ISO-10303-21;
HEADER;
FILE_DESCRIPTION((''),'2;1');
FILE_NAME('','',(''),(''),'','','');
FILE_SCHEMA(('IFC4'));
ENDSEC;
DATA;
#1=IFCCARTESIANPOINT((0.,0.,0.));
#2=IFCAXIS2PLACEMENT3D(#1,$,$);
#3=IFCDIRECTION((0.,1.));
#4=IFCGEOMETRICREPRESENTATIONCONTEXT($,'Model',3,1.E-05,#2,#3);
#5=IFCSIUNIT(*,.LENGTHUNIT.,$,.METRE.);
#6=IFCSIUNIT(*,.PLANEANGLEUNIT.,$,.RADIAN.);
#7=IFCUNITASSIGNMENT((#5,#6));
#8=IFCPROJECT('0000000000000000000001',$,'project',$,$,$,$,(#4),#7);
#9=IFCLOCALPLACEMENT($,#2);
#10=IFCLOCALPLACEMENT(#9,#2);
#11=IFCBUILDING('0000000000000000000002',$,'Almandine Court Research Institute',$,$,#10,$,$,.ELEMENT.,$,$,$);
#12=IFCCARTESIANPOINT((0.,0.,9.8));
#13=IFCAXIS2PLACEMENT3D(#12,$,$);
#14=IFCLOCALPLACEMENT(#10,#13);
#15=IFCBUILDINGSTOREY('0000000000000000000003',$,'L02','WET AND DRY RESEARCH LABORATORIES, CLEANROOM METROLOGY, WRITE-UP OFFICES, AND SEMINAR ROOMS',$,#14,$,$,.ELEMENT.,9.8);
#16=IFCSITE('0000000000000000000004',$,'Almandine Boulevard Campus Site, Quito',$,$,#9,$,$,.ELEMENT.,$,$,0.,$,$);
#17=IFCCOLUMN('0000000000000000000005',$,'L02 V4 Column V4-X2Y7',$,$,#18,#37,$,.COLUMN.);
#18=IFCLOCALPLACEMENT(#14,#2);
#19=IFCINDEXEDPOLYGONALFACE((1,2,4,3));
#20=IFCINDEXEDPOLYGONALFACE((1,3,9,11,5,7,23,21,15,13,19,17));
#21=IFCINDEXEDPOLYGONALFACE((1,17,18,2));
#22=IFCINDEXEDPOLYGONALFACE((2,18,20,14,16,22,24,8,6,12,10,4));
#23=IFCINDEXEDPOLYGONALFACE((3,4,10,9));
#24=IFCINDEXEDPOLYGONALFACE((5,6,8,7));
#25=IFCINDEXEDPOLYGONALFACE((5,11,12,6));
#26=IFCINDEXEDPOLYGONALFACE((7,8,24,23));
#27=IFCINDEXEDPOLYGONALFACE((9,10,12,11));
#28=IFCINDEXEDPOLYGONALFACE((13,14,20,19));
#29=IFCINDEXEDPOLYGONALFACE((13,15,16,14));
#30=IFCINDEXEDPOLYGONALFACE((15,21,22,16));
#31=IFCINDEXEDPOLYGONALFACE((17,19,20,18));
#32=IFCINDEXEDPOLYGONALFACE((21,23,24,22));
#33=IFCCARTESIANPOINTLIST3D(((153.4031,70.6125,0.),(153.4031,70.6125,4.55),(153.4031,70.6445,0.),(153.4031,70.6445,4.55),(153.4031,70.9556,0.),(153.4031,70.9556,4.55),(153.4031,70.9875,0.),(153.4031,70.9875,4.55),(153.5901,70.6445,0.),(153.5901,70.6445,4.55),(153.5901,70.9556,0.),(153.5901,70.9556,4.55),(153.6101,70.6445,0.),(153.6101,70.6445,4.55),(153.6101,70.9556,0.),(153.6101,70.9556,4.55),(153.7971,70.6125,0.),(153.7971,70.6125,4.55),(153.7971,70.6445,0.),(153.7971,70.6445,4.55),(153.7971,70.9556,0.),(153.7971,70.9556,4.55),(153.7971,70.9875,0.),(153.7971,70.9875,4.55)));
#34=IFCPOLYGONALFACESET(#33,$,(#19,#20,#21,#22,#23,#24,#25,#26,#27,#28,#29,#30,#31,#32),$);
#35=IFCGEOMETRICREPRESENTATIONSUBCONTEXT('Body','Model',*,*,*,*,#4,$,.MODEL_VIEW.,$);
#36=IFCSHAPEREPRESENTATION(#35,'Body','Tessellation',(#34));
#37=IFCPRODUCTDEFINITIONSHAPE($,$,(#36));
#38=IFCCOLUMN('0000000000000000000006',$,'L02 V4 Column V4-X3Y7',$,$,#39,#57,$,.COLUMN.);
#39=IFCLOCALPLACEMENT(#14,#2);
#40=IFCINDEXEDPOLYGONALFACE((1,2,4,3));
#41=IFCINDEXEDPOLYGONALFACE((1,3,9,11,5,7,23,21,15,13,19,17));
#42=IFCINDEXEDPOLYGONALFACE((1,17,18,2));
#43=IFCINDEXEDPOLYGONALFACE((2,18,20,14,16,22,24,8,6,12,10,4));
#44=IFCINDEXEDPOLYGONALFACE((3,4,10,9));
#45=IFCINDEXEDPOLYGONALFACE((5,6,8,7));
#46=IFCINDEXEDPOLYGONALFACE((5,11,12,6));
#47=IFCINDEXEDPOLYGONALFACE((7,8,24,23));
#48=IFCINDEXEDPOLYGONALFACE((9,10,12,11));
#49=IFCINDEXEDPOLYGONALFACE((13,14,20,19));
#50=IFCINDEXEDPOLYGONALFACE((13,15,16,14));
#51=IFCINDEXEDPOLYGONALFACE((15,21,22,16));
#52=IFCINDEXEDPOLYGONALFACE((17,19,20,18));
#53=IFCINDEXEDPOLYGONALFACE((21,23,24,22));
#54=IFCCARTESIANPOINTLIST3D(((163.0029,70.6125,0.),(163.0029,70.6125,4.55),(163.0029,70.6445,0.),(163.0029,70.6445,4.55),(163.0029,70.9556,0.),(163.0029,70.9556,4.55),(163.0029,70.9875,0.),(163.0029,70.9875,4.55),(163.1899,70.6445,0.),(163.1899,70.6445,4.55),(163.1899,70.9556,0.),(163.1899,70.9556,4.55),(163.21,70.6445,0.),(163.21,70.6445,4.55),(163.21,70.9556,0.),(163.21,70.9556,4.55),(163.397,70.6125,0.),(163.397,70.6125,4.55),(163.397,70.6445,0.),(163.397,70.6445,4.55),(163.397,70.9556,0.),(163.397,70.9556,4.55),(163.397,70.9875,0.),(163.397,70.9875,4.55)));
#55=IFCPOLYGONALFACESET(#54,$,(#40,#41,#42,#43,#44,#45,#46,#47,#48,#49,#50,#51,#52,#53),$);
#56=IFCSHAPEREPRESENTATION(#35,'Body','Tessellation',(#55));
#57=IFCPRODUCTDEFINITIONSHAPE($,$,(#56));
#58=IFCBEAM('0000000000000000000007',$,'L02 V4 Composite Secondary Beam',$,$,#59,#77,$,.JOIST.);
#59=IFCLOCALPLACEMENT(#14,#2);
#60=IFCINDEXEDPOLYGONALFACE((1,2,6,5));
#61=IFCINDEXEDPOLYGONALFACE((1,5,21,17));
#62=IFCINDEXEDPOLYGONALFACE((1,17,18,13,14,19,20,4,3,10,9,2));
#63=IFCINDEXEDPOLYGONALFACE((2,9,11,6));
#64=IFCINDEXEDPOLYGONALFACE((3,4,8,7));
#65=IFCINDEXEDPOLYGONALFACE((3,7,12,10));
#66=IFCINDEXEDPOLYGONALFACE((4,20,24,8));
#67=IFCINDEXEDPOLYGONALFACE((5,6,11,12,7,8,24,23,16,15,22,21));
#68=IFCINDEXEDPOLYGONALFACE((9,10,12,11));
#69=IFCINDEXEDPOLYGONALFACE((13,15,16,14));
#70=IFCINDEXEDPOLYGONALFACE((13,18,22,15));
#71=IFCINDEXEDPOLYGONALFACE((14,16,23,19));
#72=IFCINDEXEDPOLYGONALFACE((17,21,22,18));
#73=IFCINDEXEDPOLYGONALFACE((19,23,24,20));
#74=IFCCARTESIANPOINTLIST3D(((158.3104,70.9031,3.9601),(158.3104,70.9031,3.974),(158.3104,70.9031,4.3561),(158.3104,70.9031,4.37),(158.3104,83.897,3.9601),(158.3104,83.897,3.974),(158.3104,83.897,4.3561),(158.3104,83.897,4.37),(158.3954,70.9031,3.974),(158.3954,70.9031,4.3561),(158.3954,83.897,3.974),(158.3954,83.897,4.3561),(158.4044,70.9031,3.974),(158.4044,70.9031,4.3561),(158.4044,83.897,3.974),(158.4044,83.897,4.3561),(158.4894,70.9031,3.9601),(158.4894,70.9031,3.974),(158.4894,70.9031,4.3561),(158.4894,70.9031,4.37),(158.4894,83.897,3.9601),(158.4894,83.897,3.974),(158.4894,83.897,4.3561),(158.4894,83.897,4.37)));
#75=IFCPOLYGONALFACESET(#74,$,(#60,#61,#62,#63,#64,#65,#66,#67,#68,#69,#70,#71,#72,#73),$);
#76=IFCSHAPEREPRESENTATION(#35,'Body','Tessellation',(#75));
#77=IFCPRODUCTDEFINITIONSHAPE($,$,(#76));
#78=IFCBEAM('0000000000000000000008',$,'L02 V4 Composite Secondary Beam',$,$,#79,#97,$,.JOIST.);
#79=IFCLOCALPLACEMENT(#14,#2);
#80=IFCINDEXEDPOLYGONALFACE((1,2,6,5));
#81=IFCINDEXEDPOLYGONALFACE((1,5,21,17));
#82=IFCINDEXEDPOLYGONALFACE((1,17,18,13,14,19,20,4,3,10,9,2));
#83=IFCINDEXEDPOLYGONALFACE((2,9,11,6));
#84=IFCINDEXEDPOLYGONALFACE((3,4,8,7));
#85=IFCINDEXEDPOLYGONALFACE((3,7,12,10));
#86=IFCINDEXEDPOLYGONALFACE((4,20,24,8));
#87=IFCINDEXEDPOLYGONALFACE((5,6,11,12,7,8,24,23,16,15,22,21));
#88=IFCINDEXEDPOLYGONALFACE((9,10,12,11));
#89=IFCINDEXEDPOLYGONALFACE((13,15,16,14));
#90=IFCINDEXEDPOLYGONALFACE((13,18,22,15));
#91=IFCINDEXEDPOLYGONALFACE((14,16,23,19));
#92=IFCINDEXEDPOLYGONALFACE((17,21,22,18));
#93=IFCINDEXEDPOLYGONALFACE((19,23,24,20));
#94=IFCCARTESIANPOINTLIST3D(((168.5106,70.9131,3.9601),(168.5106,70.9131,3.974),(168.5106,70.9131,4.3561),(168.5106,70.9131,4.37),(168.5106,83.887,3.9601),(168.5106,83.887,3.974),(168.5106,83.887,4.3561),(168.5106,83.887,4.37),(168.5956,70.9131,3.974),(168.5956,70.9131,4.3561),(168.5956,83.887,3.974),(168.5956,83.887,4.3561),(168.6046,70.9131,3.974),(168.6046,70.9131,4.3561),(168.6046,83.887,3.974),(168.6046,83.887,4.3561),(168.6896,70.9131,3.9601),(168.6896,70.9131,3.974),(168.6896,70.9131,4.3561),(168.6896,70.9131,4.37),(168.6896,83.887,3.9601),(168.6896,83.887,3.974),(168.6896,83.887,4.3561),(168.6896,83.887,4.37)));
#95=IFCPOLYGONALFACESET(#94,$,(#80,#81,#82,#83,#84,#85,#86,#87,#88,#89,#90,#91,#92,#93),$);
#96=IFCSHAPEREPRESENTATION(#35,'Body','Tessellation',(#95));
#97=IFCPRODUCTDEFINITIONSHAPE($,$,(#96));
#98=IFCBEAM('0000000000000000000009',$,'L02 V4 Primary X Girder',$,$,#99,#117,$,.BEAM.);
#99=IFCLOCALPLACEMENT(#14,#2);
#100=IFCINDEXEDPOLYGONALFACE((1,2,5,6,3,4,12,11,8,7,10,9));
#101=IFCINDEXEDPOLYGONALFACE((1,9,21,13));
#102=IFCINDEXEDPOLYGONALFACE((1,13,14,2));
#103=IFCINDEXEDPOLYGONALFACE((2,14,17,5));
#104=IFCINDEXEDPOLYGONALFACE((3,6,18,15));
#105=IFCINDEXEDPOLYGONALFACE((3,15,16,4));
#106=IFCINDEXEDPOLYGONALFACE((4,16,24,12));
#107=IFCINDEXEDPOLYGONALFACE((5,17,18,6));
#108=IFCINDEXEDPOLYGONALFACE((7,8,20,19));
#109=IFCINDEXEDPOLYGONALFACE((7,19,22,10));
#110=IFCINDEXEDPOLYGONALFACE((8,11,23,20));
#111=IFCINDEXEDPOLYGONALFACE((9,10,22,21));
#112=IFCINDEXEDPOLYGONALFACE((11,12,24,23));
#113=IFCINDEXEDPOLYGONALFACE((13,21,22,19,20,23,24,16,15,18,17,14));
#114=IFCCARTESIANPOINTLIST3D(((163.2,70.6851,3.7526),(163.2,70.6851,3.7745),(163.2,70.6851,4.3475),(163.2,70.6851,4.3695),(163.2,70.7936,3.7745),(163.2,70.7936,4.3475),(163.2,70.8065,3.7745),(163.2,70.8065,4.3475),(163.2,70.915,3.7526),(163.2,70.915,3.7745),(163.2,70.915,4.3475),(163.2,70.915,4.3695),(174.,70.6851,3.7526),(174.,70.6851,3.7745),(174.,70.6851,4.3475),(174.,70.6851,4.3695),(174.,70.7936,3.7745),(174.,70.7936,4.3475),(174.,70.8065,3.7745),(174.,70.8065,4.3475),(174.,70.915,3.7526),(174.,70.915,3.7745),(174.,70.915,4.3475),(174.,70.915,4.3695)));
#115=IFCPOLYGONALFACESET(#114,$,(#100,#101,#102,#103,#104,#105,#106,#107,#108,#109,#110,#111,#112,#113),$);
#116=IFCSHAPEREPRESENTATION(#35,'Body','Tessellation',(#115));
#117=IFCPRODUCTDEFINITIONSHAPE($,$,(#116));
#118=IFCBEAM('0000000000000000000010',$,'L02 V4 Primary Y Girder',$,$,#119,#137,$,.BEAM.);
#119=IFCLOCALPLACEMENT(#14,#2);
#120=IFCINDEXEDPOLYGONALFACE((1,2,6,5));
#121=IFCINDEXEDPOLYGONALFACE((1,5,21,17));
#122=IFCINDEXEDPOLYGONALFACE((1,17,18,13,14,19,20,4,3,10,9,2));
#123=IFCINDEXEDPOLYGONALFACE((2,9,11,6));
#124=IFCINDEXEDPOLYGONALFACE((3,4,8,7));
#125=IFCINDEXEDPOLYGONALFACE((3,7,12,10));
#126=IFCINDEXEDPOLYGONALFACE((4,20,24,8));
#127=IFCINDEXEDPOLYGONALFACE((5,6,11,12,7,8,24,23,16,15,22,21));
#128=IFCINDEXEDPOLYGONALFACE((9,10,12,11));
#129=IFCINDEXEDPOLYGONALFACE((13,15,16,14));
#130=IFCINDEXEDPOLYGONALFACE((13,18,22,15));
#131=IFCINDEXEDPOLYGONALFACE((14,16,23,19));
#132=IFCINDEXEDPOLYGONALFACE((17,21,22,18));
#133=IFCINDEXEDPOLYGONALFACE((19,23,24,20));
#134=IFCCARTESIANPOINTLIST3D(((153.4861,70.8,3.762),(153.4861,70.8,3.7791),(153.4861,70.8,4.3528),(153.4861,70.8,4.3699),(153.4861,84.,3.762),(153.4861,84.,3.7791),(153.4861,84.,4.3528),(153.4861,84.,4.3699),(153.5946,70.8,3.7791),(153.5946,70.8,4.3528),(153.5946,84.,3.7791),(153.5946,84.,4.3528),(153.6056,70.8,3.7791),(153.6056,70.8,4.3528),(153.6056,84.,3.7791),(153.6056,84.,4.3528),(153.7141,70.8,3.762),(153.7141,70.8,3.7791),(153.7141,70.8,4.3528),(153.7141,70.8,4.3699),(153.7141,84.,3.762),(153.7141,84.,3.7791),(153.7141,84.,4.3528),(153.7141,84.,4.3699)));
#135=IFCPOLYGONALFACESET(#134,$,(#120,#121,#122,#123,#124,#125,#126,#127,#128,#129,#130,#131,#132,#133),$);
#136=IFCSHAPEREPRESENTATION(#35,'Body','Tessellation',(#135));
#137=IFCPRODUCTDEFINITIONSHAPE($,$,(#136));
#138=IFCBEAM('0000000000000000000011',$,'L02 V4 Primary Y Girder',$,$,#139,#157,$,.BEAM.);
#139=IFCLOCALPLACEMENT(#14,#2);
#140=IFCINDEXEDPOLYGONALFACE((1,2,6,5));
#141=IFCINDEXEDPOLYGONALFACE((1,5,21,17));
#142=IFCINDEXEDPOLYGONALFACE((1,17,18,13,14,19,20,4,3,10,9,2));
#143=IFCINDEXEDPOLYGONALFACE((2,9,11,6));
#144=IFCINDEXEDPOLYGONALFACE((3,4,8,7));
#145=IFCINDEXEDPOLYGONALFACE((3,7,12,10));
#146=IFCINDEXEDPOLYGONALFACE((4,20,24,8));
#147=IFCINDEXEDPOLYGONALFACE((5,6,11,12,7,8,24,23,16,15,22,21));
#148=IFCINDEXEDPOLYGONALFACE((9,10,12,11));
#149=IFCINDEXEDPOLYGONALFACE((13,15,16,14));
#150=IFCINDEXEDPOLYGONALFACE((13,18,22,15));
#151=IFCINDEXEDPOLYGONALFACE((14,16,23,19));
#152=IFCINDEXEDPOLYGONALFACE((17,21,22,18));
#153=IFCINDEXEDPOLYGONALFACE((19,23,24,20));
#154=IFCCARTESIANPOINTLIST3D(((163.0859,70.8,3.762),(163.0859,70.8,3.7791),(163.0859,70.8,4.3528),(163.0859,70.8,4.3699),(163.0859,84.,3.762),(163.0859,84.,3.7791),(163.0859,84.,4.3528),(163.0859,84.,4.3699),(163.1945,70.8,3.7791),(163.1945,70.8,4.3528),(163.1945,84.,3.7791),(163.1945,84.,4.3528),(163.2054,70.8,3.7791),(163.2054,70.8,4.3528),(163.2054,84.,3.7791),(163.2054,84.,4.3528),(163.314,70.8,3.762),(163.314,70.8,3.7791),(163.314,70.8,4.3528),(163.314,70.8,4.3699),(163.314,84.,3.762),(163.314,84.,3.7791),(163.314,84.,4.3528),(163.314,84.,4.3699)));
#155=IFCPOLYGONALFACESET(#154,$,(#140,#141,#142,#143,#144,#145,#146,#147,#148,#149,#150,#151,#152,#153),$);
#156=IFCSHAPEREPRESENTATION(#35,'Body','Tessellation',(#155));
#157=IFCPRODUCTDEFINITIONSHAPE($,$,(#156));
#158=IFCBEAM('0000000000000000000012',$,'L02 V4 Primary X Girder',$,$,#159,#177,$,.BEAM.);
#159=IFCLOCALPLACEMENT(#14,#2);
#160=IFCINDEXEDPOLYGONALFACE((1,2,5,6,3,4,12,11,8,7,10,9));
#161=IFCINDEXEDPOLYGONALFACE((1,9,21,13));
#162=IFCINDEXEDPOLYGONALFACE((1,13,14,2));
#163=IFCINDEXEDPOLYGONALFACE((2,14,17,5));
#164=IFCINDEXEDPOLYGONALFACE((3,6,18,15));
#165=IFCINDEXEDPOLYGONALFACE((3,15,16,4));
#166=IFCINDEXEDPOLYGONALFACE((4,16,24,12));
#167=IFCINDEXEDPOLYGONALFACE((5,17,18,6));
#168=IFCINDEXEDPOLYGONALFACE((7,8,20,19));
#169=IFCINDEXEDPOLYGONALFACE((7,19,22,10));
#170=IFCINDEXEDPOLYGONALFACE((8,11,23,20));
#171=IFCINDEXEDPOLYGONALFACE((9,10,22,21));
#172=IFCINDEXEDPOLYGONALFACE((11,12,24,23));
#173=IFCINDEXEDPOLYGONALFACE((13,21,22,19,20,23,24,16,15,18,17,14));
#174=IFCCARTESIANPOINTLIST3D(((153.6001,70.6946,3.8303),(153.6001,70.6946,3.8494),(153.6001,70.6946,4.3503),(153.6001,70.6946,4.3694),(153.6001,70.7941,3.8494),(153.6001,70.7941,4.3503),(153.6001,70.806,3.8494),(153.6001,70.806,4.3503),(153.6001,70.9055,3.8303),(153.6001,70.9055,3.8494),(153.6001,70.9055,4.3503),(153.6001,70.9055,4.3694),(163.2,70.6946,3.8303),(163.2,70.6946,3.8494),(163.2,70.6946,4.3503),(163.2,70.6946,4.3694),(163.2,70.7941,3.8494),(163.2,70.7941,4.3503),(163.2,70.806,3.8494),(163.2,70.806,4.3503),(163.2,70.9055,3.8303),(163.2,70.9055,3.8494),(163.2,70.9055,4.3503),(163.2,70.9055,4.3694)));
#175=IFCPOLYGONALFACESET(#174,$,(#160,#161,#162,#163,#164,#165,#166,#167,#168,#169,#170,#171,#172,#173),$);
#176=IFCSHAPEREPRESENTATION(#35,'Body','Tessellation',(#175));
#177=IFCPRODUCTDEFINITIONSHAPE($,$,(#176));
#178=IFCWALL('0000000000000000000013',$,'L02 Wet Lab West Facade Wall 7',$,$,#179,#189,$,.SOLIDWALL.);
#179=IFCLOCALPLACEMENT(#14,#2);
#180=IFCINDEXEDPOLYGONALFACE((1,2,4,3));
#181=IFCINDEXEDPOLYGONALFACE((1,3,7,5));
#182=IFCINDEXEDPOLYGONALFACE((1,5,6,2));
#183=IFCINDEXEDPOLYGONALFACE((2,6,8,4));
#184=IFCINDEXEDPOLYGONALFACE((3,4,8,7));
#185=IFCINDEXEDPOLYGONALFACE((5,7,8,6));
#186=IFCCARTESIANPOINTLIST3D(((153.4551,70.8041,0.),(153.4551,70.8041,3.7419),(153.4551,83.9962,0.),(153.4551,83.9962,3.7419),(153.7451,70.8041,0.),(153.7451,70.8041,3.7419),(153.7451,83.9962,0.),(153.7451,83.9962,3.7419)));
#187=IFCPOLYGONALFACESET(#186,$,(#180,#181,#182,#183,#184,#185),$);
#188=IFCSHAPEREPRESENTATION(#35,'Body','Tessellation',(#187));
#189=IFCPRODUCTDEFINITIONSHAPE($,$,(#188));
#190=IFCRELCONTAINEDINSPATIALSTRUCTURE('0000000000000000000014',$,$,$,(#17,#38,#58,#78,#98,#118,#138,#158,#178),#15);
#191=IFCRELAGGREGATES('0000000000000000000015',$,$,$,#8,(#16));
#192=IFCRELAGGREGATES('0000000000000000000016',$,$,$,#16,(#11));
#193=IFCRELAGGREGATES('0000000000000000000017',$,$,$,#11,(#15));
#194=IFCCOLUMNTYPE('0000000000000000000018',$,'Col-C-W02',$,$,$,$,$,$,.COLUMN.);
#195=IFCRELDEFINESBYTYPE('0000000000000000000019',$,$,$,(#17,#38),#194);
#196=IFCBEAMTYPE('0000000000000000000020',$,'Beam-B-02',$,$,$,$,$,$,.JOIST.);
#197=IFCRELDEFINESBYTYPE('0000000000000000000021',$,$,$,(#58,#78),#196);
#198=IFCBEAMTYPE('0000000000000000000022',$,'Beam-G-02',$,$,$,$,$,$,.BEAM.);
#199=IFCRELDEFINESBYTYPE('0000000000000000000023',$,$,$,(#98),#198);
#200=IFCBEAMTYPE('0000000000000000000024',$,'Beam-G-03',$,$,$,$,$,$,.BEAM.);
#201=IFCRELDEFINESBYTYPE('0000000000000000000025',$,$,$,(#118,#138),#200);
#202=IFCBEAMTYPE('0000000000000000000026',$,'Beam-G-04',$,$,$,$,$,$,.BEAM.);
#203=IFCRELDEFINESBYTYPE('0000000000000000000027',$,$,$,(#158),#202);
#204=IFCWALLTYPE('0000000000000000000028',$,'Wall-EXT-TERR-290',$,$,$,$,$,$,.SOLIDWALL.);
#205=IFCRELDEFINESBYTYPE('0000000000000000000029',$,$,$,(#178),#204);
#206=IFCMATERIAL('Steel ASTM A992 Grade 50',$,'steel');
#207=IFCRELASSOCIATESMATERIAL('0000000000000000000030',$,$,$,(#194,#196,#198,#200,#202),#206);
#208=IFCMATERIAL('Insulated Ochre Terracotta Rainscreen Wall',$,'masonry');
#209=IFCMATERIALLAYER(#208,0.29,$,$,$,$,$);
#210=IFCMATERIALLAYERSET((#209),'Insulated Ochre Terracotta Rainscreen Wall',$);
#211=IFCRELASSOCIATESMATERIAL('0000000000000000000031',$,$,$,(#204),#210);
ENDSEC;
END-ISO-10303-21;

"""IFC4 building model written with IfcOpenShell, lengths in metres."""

from ifc_helpers import new_model, si_unit, direction, frame, frame_2d, origin, origin_2d, place, context, subcontext, project, spatial, rectangle, i_section, extrude, material, layer, layer_set, material_profile, profile_set, type_object, element, save


model = new_model("IFC4")

# Units and contexts
model_context = context("Model", 3, precision=1e-05, world=origin(), true_north=direction((0.0, 1.0)))
body_context = subcontext(model_context, "Body", "Model", "MODEL_VIEW")
ifc_project = project(units=[si_unit("LENGTHUNIT", "METRE"), si_unit("PLANEANGLEUNIT", "RADIAN")], contexts=[model_context])

# Site, building, storey
site_placement = place(None, origin())
site = spatial("IfcSite", under=ifc_project, at=site_placement, Name="Almandine Boulevard Campus Site, Quito", CompositionType="ELEMENT", RefElevation=0.0)
building_placement = place(site_placement, origin())
building = spatial("IfcBuilding", under=site, at=building_placement, Name="Almandine Court Research Institute", CompositionType="ELEMENT")
storey_placement = place(building_placement, frame((0.0, 0.0, 9.8)))
storey = spatial("IfcBuildingStorey", under=building, at=storey_placement, Name="L02", Description="WET AND DRY RESEARCH LABORATORIES, CLEANROOM METROLOGY, WRITE-UP OFFICES, AND SEMINAR ROOMS", CompositionType="ELEMENT", Elevation=9.8)

# Columns
ifc_material_1 = material(Name="Steel ASTM A992 Grade 50", Category="steel")
ifc_material_profile_1 = material_profile(ifc_material_1, i_section(OverallWidth=0.394, OverallDepth=0.375, WebThickness=0.02, FlangeThickness=0.032, at=origin_2d()), Name="W360x216")
ifc_profile_set_1 = profile_set([ifc_material_profile_1], Name="Steel ASTM A992 Grade 50")
column_type = type_object("IfcColumnType", Name="Col-C-W02", PredefinedType="COLUMN", material=ifc_profile_set_1)
for number, where, z_axis, x_axis, name in (
    (1, (153.6001, 70.8, 0.0), (0.0, 0.0, 1.0), (1.0, 0.0, 0.0), "L02 V4 Column V4-X2Y7"),
    (2, (163.2, 70.8, 0.0), (0.0, 0.0, 1.0), (1.0, 0.0, 0.0), "L02 V4 Column V4-X3Y7"),
):
    element("IfcColumn", number, at=place(storey_placement, frame(where, z_axis=z_axis, x_axis=x_axis)), inside=storey, type_object=column_type, Name=name, PredefinedType="COLUMN", context=body_context, shape_type="SweptSolid", body=[
        extrude(i_section(OverallWidth=0.394, OverallDepth=0.375, WebThickness=0.02, FlangeThickness=0.032, at=origin_2d()), origin(), (0.0, 0.0, 1.0), 4.55),
    ])

# Beams
ifc_material_profile_2 = material_profile(ifc_material_1, i_section(OverallWidth=0.179, OverallDepth=0.4099, WebThickness=0.009, FlangeThickness=0.0139, at=origin_2d()), Name="W410x67")
ifc_profile_set_2 = profile_set([ifc_material_profile_2], Name="Steel ASTM A992 Grade 50")
beam_type_1 = type_object("IfcBeamType", Name="Beam-B-02", PredefinedType="JOIST", material=ifc_profile_set_2)
beam_1_placement = place(storey_placement, frame((158.3999, 70.9031, 4.165), z_axis=(0.0, 1.0, 0.0), x_axis=(-1.0, 0.0, 0.0)))
element("IfcBeam", 3, at=beam_1_placement, inside=storey, type_object=beam_type_1, Name="L02 V4 Composite Secondary Beam", PredefinedType="JOIST", context=body_context, shape_type="SweptSolid", body=[
    extrude(i_section(OverallWidth=0.179, OverallDepth=0.4099, WebThickness=0.009, FlangeThickness=0.0139, at=origin_2d()), origin(), (0.0, 0.0, 1.0), 12.9939),
])
beam_2_placement = place(storey_placement, frame((168.6001, 70.9131, 4.165), z_axis=(0.0, 1.0, 0.0), x_axis=(-1.0, 0.0, 0.0)))
element("IfcBeam", 4, at=beam_2_placement, inside=storey, type_object=beam_type_1, Name="L02 V4 Composite Secondary Beam", PredefinedType="JOIST", context=body_context, shape_type="SweptSolid", body=[
    extrude(i_section(OverallWidth=0.179, OverallDepth=0.4099, WebThickness=0.009, FlangeThickness=0.0139, at=origin_2d()), origin(), (0.0, 0.0, 1.0), 12.9739),
])
ifc_material_profile_3 = material_profile(ifc_material_1, i_section(OverallWidth=0.23, OverallDepth=0.6169, WebThickness=0.0129, FlangeThickness=0.022, at=origin_2d()), Name="W610x140")
ifc_profile_set_3 = profile_set([ifc_material_profile_3], Name="Steel ASTM A992 Grade 50")
beam_type_2 = type_object("IfcBeamType", Name="Beam-G-02", PredefinedType="BEAM", material=ifc_profile_set_3)
beam_3_placement = place(storey_placement, frame((163.2, 70.8, 4.061), z_axis=(1.0, 0.0, 0.0), x_axis=(0.0, 1.0, 0.0)))
element("IfcBeam", 5, at=beam_3_placement, inside=storey, type_object=beam_type_2, Name="L02 V4 Primary X Girder", PredefinedType="BEAM", context=body_context, shape_type="SweptSolid", body=[
    extrude(i_section(OverallWidth=0.23, OverallDepth=0.6169, WebThickness=0.0129, FlangeThickness=0.022, at=origin_2d()), origin(), (0.0, 0.0, 1.0), 10.8),
])
ifc_material_profile_4 = material_profile(ifc_material_1, i_section(OverallWidth=0.228, OverallDepth=0.6079, WebThickness=0.011, FlangeThickness=0.0171, at=origin_2d()), Name="W610x113")
ifc_profile_set_4 = profile_set([ifc_material_profile_4], Name="Steel ASTM A992 Grade 50")
beam_type_3 = type_object("IfcBeamType", Name="Beam-G-03", PredefinedType="BEAM", material=ifc_profile_set_4)
for number, where, z_axis, x_axis, name in (
    (6, (153.6001, 70.8, 4.0659), (0.0, 1.0, 0.0), (-1.0, 0.0, 0.0), "L02 V4 Primary Y Girder"),
    (7, (163.2, 70.8, 4.0659), (0.0, 1.0, 0.0), (-1.0, 0.0, 0.0), "L02 V4 Primary Y Girder"),
):
    element("IfcBeam", number, at=place(storey_placement, frame(where, z_axis=z_axis, x_axis=x_axis)), inside=storey, type_object=beam_type_3, Name=name, PredefinedType="BEAM", context=body_context, shape_type="SweptSolid", body=[
        extrude(i_section(OverallWidth=0.228, OverallDepth=0.6079, WebThickness=0.011, FlangeThickness=0.0171, at=origin_2d()), origin(), (0.0, 0.0, 1.0), 13.2),
    ])
ifc_material_profile_5 = material_profile(ifc_material_1, i_section(OverallWidth=0.2109, OverallDepth=0.5391, WebThickness=0.012, FlangeThickness=0.019, at=origin_2d()), Name="W530x109")
ifc_profile_set_5 = profile_set([ifc_material_profile_5], Name="Steel ASTM A992 Grade 50")
beam_type_4 = type_object("IfcBeamType", Name="Beam-G-04", PredefinedType="BEAM", material=ifc_profile_set_5)
beam_4_placement = place(storey_placement, frame((153.6001, 70.8, 4.0999), z_axis=(1.0, 0.0, 0.0), x_axis=(0.0, 1.0, 0.0)))
element("IfcBeam", 8, at=beam_4_placement, inside=storey, type_object=beam_type_4, Name="L02 V4 Primary X Girder", PredefinedType="BEAM", context=body_context, shape_type="SweptSolid", body=[
    extrude(i_section(OverallWidth=0.2109, OverallDepth=0.5391, WebThickness=0.012, FlangeThickness=0.019, at=origin_2d()), origin(), (0.0, 0.0, 1.0), 9.5999),
])

# Wall
ifc_material_2 = material(Name="Insulated Ochre Terracotta Rainscreen Wall", Category="masonry")
ifc_layer_1 = layer(ifc_material_2, 0.29)
ifc_layer_set_1 = layer_set([ifc_layer_1], Name="Insulated Ochre Terracotta Rainscreen Wall")
wall_type_1 = type_object("IfcWallType", Name="Wall-EXT-TERR-290", PredefinedType="SOLIDWALL", material=ifc_layer_set_1)
wall_1_placement = place(storey_placement, frame((153.6001, 70.804, 0.0), z_axis=(0.0, 0.0, 1.0), x_axis=(0.0, 1.0, 0.0)))
element("IfcWall", 9, at=wall_1_placement, inside=storey, type_object=wall_type_1, Name="L02 Wet Lab West Facade Wall 7", PredefinedType="SOLIDWALL", context=body_context, shape_type="SweptSolid", body=[
    extrude(rectangle(XDim=13.1921, YDim=0.29, at=frame_2d((6.5962, 0.0))), origin(), (0.0, 0.0, 1.0), 3.7419),
])

save(model, "model.ifc")
